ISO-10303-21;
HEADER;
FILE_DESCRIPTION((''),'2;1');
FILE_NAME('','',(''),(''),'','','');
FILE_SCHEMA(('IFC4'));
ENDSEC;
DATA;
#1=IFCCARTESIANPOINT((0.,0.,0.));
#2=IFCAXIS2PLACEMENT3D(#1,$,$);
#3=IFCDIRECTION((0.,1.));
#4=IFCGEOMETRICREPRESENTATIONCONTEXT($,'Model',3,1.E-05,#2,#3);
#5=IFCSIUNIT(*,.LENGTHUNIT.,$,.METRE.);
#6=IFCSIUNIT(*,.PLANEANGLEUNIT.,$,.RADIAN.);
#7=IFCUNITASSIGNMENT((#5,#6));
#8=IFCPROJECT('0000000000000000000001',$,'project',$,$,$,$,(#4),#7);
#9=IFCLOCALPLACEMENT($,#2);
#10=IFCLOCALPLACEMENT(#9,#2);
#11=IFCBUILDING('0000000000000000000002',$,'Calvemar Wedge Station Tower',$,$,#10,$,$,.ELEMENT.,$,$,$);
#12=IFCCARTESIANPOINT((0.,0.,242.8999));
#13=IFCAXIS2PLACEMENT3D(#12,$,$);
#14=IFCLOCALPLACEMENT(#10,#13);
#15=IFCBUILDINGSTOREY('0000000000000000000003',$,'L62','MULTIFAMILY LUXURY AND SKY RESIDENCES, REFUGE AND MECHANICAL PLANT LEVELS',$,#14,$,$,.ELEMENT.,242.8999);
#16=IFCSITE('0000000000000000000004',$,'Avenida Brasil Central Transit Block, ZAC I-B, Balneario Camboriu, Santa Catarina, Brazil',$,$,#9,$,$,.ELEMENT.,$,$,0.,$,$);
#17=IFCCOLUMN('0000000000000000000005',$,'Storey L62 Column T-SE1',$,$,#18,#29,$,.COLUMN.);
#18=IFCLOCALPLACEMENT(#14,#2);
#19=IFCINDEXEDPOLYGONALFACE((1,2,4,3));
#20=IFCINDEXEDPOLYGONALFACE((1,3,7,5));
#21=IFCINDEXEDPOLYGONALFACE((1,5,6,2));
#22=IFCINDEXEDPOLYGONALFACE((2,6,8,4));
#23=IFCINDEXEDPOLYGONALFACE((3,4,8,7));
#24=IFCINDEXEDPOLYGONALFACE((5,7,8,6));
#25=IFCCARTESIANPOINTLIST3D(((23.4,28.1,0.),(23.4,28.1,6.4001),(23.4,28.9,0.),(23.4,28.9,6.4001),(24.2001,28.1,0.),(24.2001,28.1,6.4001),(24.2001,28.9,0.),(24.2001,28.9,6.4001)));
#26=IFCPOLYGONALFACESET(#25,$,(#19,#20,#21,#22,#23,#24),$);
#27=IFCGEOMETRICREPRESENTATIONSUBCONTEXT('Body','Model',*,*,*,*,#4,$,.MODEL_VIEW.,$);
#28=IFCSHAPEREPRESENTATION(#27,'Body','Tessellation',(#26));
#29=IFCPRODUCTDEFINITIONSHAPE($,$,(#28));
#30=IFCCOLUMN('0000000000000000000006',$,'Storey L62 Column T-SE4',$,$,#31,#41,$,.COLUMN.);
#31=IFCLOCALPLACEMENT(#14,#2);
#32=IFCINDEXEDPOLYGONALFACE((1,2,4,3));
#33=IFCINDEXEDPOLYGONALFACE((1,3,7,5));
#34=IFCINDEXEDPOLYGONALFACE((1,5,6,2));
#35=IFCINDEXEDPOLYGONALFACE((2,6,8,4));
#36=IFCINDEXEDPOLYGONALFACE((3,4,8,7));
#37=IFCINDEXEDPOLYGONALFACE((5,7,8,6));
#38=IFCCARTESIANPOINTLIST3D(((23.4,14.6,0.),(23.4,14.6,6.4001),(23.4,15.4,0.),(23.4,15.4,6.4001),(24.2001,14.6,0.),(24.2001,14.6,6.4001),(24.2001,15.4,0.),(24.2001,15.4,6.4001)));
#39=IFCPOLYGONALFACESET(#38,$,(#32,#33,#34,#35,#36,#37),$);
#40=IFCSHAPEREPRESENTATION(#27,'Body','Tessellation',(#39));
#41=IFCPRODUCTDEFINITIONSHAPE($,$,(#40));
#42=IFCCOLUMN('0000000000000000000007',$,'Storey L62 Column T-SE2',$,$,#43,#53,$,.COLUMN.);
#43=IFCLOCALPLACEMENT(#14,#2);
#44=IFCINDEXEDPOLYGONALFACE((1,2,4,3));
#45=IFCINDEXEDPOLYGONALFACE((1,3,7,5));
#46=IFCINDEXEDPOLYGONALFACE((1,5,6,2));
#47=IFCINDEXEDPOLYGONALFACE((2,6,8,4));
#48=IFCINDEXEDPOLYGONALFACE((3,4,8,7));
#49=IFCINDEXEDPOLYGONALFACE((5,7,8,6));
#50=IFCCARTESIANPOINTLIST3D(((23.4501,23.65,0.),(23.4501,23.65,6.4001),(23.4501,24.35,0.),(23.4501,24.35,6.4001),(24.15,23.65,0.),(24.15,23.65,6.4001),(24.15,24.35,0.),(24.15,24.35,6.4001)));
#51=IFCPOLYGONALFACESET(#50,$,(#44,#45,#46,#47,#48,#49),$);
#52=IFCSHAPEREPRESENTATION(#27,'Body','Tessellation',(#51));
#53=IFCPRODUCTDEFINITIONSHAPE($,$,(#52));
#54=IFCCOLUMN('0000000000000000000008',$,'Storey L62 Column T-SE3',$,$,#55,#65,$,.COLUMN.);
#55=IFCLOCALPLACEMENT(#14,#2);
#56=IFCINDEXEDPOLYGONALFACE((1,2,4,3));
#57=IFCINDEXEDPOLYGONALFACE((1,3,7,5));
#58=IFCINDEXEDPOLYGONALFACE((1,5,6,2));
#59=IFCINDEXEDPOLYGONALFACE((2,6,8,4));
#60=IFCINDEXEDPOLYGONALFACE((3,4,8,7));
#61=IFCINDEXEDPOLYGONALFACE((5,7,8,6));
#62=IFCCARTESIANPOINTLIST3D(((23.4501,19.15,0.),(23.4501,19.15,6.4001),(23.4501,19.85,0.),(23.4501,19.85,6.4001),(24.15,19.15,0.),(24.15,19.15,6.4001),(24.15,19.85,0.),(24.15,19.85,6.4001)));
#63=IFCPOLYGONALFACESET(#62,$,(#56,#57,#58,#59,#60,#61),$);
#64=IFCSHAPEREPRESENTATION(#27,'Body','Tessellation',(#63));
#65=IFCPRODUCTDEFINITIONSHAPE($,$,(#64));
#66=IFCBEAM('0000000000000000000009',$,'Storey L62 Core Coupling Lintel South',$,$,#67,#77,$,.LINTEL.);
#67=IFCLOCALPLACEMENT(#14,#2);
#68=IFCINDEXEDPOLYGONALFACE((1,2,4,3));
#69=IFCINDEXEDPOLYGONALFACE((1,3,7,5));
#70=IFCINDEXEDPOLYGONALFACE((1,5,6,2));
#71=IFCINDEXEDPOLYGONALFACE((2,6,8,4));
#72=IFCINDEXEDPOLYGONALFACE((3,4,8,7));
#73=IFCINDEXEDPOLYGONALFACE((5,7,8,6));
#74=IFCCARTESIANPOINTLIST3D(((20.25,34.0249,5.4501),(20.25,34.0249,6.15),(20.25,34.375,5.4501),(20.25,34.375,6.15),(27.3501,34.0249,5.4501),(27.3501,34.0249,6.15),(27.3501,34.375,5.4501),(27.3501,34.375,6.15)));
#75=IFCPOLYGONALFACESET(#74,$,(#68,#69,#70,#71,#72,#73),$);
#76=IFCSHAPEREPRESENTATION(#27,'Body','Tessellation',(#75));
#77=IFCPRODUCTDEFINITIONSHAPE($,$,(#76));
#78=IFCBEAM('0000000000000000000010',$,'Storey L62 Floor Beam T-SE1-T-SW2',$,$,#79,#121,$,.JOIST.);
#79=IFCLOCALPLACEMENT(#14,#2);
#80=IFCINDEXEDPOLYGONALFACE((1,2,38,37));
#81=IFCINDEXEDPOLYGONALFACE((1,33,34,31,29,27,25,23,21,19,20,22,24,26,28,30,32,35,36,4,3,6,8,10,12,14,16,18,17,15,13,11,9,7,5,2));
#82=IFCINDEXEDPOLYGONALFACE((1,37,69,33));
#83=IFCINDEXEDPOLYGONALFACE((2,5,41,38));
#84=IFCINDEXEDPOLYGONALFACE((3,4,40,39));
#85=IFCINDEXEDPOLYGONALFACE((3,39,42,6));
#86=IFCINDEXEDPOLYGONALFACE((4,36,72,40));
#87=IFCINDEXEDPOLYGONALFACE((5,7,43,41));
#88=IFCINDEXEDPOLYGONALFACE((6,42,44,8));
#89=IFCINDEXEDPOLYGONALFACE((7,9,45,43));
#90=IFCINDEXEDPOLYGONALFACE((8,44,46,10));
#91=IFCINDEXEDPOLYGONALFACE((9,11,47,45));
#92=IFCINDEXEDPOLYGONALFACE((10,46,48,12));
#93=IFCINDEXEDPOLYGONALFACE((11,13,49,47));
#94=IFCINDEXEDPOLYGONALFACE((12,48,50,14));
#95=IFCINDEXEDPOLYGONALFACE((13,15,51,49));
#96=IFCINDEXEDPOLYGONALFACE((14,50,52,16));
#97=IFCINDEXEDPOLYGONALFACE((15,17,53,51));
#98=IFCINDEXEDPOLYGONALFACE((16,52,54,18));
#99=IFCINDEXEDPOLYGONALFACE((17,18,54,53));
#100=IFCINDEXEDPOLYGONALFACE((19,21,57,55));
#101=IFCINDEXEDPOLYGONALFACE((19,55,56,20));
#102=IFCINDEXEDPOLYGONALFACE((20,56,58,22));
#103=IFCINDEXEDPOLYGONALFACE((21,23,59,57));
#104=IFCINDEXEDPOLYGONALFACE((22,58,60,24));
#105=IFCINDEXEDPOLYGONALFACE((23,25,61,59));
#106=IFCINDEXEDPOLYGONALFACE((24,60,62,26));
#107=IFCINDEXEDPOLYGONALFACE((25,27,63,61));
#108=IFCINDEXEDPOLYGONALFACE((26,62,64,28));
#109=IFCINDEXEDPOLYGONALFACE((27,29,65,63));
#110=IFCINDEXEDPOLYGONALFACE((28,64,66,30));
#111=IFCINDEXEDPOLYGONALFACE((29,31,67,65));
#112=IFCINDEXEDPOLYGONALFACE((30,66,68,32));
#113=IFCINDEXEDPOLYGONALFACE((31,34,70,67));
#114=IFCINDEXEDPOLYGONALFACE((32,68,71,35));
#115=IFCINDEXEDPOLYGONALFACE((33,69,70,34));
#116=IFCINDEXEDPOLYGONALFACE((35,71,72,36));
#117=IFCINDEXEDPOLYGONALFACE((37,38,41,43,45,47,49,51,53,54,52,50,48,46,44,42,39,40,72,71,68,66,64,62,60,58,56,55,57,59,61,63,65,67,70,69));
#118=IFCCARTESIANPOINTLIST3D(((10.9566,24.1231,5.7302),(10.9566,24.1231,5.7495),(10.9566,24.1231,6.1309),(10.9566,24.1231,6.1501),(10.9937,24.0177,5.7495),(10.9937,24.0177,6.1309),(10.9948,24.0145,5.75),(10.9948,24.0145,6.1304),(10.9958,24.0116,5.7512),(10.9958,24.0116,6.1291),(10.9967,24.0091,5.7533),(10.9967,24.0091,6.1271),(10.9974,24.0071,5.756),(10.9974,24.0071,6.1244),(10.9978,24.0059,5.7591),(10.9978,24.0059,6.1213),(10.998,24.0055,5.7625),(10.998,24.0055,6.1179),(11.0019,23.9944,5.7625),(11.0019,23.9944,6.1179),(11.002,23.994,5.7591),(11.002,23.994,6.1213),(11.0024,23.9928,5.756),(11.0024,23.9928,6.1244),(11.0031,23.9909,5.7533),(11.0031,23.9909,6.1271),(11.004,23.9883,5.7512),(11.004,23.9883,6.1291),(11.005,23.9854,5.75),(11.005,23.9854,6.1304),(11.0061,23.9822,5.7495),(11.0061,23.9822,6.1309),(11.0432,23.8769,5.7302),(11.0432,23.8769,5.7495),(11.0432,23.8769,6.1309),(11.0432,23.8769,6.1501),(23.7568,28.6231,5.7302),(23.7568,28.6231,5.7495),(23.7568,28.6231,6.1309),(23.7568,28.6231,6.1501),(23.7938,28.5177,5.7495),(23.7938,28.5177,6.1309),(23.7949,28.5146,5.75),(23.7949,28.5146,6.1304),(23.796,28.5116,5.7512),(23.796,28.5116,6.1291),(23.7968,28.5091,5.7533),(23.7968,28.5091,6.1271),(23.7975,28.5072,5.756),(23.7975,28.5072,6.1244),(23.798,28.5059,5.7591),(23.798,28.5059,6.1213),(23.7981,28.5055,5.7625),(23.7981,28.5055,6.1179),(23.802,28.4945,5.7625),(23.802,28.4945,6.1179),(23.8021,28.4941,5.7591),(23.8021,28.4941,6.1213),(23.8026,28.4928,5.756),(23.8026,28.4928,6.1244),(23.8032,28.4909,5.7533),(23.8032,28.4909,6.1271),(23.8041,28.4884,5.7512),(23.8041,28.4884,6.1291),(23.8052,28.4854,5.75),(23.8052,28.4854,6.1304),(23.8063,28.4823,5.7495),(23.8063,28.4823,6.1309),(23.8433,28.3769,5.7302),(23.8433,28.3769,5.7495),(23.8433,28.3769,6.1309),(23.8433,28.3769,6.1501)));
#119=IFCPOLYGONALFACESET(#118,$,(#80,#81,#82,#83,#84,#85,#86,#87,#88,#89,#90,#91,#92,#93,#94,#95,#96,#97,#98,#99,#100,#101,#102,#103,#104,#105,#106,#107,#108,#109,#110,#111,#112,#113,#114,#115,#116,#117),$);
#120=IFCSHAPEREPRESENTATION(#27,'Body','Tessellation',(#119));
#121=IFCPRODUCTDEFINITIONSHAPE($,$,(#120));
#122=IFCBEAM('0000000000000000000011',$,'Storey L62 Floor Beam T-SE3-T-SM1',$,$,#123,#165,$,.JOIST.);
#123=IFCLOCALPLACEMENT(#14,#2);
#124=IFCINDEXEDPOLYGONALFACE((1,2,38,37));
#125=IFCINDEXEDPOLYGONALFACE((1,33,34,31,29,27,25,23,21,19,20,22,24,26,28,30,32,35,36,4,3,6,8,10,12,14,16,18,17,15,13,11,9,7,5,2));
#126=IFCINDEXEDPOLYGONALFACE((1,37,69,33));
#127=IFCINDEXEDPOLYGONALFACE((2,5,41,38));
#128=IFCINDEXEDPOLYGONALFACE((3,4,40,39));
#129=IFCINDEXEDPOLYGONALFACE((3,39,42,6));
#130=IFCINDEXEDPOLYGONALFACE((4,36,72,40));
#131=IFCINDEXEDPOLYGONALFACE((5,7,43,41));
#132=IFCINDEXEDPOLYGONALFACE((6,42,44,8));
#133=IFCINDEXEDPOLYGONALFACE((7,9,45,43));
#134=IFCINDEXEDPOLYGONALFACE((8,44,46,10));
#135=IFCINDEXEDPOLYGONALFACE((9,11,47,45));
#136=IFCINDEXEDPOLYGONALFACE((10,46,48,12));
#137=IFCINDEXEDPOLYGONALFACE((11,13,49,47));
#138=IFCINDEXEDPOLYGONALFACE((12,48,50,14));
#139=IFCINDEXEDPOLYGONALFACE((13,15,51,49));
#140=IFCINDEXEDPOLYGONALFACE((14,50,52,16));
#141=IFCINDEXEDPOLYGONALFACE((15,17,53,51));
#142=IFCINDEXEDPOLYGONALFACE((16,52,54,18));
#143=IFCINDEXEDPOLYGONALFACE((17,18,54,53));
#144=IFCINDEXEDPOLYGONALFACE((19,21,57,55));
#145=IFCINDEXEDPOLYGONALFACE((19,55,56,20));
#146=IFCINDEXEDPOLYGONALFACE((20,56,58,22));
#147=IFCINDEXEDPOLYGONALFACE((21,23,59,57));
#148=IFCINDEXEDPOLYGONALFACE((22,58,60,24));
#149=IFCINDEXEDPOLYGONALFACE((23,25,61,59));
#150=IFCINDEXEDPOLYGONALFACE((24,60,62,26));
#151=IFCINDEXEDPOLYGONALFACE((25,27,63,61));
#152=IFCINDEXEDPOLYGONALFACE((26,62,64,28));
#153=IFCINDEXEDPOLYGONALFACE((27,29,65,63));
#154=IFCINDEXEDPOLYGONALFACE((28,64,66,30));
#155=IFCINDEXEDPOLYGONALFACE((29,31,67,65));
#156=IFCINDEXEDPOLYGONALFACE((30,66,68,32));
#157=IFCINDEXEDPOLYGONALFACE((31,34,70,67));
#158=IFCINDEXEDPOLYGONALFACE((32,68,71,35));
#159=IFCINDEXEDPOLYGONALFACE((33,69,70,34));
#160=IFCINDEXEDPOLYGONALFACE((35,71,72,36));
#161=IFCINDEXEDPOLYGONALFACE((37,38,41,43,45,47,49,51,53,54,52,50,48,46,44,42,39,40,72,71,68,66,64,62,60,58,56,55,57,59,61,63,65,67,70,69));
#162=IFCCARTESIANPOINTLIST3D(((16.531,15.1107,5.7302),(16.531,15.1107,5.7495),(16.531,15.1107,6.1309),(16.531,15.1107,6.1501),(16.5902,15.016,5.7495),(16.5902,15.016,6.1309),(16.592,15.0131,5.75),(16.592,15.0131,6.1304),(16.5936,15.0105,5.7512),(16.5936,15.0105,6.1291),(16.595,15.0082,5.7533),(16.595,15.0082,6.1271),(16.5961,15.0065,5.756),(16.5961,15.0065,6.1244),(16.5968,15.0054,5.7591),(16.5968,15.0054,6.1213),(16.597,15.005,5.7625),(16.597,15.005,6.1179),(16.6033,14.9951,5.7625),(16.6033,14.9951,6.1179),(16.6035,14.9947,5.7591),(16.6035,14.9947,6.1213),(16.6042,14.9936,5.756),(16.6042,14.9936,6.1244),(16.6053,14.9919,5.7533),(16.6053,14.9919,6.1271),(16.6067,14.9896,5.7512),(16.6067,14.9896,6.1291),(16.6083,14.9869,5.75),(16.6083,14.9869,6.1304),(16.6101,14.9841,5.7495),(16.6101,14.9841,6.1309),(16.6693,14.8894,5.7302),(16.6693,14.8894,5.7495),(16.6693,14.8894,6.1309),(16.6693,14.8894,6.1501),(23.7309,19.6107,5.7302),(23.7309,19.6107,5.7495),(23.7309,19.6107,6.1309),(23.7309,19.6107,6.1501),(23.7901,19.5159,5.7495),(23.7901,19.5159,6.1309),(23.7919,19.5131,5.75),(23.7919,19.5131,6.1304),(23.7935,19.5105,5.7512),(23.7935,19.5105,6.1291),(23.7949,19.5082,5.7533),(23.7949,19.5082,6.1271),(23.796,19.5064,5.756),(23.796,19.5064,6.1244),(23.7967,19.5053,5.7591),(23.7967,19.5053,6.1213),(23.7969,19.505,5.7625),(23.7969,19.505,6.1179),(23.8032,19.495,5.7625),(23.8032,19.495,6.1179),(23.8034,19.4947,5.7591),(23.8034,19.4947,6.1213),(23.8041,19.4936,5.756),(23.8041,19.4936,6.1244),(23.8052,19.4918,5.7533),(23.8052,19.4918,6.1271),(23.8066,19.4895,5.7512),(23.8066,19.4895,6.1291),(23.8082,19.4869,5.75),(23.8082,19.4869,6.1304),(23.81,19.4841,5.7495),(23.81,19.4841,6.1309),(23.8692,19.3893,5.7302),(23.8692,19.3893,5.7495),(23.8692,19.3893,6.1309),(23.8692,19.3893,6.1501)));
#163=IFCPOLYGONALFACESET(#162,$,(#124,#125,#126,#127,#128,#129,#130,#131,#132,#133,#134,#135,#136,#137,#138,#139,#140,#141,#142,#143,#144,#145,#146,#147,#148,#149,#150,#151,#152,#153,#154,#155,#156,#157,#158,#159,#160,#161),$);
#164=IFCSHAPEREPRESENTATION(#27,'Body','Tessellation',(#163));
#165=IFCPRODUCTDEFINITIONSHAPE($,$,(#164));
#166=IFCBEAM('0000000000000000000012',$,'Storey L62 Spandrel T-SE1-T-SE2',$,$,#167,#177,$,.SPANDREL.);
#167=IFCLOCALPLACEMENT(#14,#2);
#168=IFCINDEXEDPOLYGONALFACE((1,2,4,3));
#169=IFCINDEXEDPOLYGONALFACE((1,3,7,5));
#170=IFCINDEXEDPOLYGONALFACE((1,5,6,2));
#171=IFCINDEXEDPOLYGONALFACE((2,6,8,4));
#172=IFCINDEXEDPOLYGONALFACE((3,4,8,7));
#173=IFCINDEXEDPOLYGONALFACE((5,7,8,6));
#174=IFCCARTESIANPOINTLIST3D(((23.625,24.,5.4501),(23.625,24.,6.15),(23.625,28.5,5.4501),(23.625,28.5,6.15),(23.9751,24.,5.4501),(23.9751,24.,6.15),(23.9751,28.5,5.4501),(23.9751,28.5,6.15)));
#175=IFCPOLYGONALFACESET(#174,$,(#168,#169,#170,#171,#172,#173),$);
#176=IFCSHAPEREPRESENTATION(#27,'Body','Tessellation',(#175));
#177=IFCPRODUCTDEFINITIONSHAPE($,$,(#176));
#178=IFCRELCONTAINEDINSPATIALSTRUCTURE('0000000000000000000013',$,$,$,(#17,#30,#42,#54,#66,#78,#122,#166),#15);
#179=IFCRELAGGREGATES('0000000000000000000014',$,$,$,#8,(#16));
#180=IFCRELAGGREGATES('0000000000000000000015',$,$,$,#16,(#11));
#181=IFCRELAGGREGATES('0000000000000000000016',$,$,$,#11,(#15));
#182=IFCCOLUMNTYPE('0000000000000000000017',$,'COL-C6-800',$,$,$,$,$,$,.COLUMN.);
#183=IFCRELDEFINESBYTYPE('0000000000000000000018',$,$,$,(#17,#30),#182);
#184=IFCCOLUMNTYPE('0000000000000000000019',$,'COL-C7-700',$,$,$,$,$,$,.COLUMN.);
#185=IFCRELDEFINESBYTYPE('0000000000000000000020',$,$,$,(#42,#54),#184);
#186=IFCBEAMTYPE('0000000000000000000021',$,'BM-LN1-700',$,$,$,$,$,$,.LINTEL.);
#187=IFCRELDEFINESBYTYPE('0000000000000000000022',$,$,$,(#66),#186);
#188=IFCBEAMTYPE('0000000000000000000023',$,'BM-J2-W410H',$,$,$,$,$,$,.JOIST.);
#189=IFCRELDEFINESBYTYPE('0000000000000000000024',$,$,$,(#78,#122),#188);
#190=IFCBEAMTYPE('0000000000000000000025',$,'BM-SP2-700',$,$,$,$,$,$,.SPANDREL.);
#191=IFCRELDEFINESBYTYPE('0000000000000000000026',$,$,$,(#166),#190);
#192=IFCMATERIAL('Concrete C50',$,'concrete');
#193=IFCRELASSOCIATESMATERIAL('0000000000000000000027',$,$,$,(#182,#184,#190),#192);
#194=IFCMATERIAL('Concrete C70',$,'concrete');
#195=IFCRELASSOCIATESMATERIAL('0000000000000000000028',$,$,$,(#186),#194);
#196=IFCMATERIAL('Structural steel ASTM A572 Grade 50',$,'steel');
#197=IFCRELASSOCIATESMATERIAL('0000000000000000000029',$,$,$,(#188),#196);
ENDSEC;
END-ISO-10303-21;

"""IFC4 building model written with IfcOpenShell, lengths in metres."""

from ifc_helpers import new_model, si_unit, direction, frame, origin, origin_2d, place, context, subcontext, project, spatial, rectangle, i_section, extrude, source, transform, mapped, material, material_profile, profile_set, type_object, element, save


model = new_model("IFC4")

# Units and contexts
model_context = context("Model", 3, precision=1e-05, world=origin(), true_north=direction((0.0, 1.0)))
body_context = subcontext(model_context, "Body", "Model", "MODEL_VIEW")
ifc_project = project(units=[si_unit("LENGTHUNIT", "METRE"), si_unit("PLANEANGLEUNIT", "RADIAN")], contexts=[model_context])

# Site, building, storey
site_placement = place(None, origin())
site = spatial("IfcSite", under=ifc_project, at=site_placement, Name="Avenida Brasil Central Transit Block, ZAC I-B, Balneario Camboriu, Santa Catarina, Brazil", CompositionType="ELEMENT", RefElevation=0.0)
building_placement = place(site_placement, origin())
building = spatial("IfcBuilding", under=site, at=building_placement, Name="Calvemar Wedge Station Tower", CompositionType="ELEMENT")
storey_placement = place(building_placement, frame((0.0, 0.0, 242.8999)))
storey = spatial("IfcBuildingStorey", under=building, at=storey_placement, Name="L62", Description="MULTIFAMILY LUXURY AND SKY RESIDENCES, REFUGE AND MECHANICAL PLANT LEVELS", CompositionType="ELEMENT", Elevation=242.8999)

# Columns
ifc_material_1 = material(Name="Concrete C50", Category="concrete")
ifc_material_profile_1 = material_profile(ifc_material_1, rectangle(XDim=0.8, YDim=0.8, at=origin_2d()), Name="RC800x800")
ifc_profile_set_1 = profile_set([ifc_material_profile_1], Name="Concrete C50")
column_type_1 = type_object("IfcColumnType", Name="COL-C6-800", PredefinedType="COLUMN", material=ifc_profile_set_1)
shared_shape_1 = source(origin(), body_context, "Body", "SweptSolid", [
    extrude(rectangle(XDim=0.8, YDim=0.8, at=origin_2d()), origin(), (0.0, 0.0, 1.0), 6.4001),
])
for number, where, z_axis, x_axis, name in (
    (1, (23.8, 28.5, 0.0), (0.0, 0.0, 1.0), (1.0, 0.0, 0.0), "Storey L62 Column T-SE1"),
    (2, (23.8, 15.0, 0.0), (0.0, 0.0, 1.0), (1.0, 0.0, 0.0), "Storey L62 Column T-SE4"),
):
    element("IfcColumn", number, at=place(storey_placement, frame(where, z_axis=z_axis, x_axis=x_axis)), inside=storey, type_object=column_type_1, Name=name, PredefinedType="COLUMN", context=body_context, shape_type="MappedRepresentation", body=[
        mapped(shared_shape_1, transform((0.0, 0.0, 0.0), scale=1.0)),
    ])
ifc_material_profile_2 = material_profile(ifc_material_1, rectangle(XDim=0.7, YDim=0.7, at=origin_2d()), Name="RC700x700")
ifc_profile_set_2 = profile_set([ifc_material_profile_2], Name="Concrete C50")
column_type_2 = type_object("IfcColumnType", Name="COL-C7-700", PredefinedType="COLUMN", material=ifc_profile_set_2)
shared_shape_2 = source(origin(), body_context, "Body", "SweptSolid", [
    extrude(rectangle(XDim=0.7, YDim=0.7, at=origin_2d()), origin(), (0.0, 0.0, 1.0), 6.4001),
])
for number, where, z_axis, x_axis, name in (
    (3, (23.8, 24.0, 0.0), (0.0, 0.0, 1.0), (1.0, 0.0, 0.0), "Storey L62 Column T-SE2"),
    (4, (23.8, 19.5, 0.0), (0.0, 0.0, 1.0), (1.0, 0.0, 0.0), "Storey L62 Column T-SE3"),
):
    element("IfcColumn", number, at=place(storey_placement, frame(where, z_axis=z_axis, x_axis=x_axis)), inside=storey, type_object=column_type_2, Name=name, PredefinedType="COLUMN", context=body_context, shape_type="MappedRepresentation", body=[
        mapped(shared_shape_2, transform((0.0, 0.0, 0.0), scale=1.0)),
    ])

# Beams
ifc_material_2 = material(Name="Concrete C70", Category="concrete")
ifc_material_profile_3 = material_profile(ifc_material_2, rectangle(XDim=0.3501, YDim=0.7, at=origin_2d()), Name="RC350x700")
ifc_profile_set_3 = profile_set([ifc_material_profile_3], Name="Concrete C70")
beam_type_1 = type_object("IfcBeamType", Name="BM-LN1-700", PredefinedType="LINTEL", material=ifc_profile_set_3)
shared_shape_3 = source(origin(), body_context, "Body", "SweptSolid", [
    extrude(rectangle(XDim=0.3501, YDim=0.7, at=origin_2d()), origin(), (0.0, 0.0, 1.0), 7.1001),
])
beam_1_placement = place(storey_placement, frame((20.25, 34.2, 5.8), z_axis=(1.0, 0.0, 0.0), x_axis=(0.0, 1.0, 0.0)))
element("IfcBeam", 5, at=beam_1_placement, inside=storey, type_object=beam_type_1, Name="Storey L62 Core Coupling Lintel South", PredefinedType="LINTEL", context=body_context, shape_type="MappedRepresentation", body=[
    mapped(shared_shape_3, transform((0.0, 0.0, 0.0), scale=1.0)),
])
ifc_material_3 = material(Name="Structural steel ASTM A572 Grade 50", Category="steel")
ifc_material_profile_4 = material_profile(ifc_material_3, i_section(OverallWidth=0.261, OverallDepth=0.4199, WebThickness=0.0117, FlangeThickness=0.0193, FilletRadius=0.0129, at=origin_2d()), Name="W410x114")
ifc_profile_set_4 = profile_set([ifc_material_profile_4], Name="Structural steel ASTM A572 Grade 50")
beam_type_2 = type_object("IfcBeamType", Name="BM-J2-W410H", PredefinedType="JOIST", material=ifc_profile_set_4)
shared_shape_4 = source(origin(), body_context, "Body", "SweptSolid", [
    extrude(i_section(OverallWidth=0.261, OverallDepth=0.4199, WebThickness=0.0117, FlangeThickness=0.0193, FilletRadius=0.0129, at=origin_2d()), origin(), (0.0, 0.0, 1.0), 13.5681),
])
beam_2_placement = place(storey_placement, frame((23.8, 28.5, 5.9402), z_axis=(-0.943398, -0.331662, 0.0), x_axis=(0.331662, -0.943398, 0.0)))
element("IfcBeam", 6, at=beam_2_placement, inside=storey, type_object=beam_type_2, Name="Storey L62 Floor Beam T-SE1-T-SW2", PredefinedType="JOIST", context=body_context, shape_type="MappedRepresentation", body=[
    mapped(shared_shape_4, transform((0.0, 0.0, 0.0), scale=1.0)),
])
shared_shape_5 = source(origin(), body_context, "Body", "SweptSolid", [
    extrude(i_section(OverallWidth=0.261, OverallDepth=0.4199, WebThickness=0.0117, FlangeThickness=0.0193, FilletRadius=0.0129, at=origin_2d()), origin(), (0.0, 0.0, 1.0), 8.4905),
])
beam_3_placement = place(storey_placement, frame((23.8, 19.5, 5.9402), z_axis=(-0.847997, -0.530002, 0.0), x_axis=(0.530002, -0.847997, 0.0)))
element("IfcBeam", 7, at=beam_3_placement, inside=storey, type_object=beam_type_2, Name="Storey L62 Floor Beam T-SE3-T-SM1", PredefinedType="JOIST", context=body_context, shape_type="MappedRepresentation", body=[
    mapped(shared_shape_5, transform((0.0, 0.0, 0.0), scale=1.0)),
])
ifc_material_profile_5 = material_profile(ifc_material_1, rectangle(XDim=0.3501, YDim=0.7, at=origin_2d()), Name="RC350x700")
ifc_profile_set_5 = profile_set([ifc_material_profile_5], Name="Concrete C50")
beam_type_3 = type_object("IfcBeamType", Name="BM-SP2-700", PredefinedType="SPANDREL", material=ifc_profile_set_5)
shared_shape_6 = source(origin(), body_context, "Body", "SweptSolid", [
    extrude(rectangle(XDim=0.3501, YDim=0.7, at=origin_2d()), origin(), (0.0, 0.0, 1.0), 4.5),
])
for number, where, z_axis, x_axis, name in (
    (8, (23.8, 28.5, 5.8), (0.0, -1.0, 0.0), (1.0, 0.0, 0.0), "Storey L62 Spandrel T-SE1-T-SE2"),
):
    element("IfcBeam", number, at=place(storey_placement, frame(where, z_axis=z_axis, x_axis=x_axis)), inside=storey, type_object=beam_type_3, Name=name, PredefinedType="SPANDREL", context=body_context, shape_type="MappedRepresentation", body=[
        mapped(shared_shape_6, transform((0.0, 0.0, 0.0), scale=1.0)),
    ])

save(model, "model.ifc")
